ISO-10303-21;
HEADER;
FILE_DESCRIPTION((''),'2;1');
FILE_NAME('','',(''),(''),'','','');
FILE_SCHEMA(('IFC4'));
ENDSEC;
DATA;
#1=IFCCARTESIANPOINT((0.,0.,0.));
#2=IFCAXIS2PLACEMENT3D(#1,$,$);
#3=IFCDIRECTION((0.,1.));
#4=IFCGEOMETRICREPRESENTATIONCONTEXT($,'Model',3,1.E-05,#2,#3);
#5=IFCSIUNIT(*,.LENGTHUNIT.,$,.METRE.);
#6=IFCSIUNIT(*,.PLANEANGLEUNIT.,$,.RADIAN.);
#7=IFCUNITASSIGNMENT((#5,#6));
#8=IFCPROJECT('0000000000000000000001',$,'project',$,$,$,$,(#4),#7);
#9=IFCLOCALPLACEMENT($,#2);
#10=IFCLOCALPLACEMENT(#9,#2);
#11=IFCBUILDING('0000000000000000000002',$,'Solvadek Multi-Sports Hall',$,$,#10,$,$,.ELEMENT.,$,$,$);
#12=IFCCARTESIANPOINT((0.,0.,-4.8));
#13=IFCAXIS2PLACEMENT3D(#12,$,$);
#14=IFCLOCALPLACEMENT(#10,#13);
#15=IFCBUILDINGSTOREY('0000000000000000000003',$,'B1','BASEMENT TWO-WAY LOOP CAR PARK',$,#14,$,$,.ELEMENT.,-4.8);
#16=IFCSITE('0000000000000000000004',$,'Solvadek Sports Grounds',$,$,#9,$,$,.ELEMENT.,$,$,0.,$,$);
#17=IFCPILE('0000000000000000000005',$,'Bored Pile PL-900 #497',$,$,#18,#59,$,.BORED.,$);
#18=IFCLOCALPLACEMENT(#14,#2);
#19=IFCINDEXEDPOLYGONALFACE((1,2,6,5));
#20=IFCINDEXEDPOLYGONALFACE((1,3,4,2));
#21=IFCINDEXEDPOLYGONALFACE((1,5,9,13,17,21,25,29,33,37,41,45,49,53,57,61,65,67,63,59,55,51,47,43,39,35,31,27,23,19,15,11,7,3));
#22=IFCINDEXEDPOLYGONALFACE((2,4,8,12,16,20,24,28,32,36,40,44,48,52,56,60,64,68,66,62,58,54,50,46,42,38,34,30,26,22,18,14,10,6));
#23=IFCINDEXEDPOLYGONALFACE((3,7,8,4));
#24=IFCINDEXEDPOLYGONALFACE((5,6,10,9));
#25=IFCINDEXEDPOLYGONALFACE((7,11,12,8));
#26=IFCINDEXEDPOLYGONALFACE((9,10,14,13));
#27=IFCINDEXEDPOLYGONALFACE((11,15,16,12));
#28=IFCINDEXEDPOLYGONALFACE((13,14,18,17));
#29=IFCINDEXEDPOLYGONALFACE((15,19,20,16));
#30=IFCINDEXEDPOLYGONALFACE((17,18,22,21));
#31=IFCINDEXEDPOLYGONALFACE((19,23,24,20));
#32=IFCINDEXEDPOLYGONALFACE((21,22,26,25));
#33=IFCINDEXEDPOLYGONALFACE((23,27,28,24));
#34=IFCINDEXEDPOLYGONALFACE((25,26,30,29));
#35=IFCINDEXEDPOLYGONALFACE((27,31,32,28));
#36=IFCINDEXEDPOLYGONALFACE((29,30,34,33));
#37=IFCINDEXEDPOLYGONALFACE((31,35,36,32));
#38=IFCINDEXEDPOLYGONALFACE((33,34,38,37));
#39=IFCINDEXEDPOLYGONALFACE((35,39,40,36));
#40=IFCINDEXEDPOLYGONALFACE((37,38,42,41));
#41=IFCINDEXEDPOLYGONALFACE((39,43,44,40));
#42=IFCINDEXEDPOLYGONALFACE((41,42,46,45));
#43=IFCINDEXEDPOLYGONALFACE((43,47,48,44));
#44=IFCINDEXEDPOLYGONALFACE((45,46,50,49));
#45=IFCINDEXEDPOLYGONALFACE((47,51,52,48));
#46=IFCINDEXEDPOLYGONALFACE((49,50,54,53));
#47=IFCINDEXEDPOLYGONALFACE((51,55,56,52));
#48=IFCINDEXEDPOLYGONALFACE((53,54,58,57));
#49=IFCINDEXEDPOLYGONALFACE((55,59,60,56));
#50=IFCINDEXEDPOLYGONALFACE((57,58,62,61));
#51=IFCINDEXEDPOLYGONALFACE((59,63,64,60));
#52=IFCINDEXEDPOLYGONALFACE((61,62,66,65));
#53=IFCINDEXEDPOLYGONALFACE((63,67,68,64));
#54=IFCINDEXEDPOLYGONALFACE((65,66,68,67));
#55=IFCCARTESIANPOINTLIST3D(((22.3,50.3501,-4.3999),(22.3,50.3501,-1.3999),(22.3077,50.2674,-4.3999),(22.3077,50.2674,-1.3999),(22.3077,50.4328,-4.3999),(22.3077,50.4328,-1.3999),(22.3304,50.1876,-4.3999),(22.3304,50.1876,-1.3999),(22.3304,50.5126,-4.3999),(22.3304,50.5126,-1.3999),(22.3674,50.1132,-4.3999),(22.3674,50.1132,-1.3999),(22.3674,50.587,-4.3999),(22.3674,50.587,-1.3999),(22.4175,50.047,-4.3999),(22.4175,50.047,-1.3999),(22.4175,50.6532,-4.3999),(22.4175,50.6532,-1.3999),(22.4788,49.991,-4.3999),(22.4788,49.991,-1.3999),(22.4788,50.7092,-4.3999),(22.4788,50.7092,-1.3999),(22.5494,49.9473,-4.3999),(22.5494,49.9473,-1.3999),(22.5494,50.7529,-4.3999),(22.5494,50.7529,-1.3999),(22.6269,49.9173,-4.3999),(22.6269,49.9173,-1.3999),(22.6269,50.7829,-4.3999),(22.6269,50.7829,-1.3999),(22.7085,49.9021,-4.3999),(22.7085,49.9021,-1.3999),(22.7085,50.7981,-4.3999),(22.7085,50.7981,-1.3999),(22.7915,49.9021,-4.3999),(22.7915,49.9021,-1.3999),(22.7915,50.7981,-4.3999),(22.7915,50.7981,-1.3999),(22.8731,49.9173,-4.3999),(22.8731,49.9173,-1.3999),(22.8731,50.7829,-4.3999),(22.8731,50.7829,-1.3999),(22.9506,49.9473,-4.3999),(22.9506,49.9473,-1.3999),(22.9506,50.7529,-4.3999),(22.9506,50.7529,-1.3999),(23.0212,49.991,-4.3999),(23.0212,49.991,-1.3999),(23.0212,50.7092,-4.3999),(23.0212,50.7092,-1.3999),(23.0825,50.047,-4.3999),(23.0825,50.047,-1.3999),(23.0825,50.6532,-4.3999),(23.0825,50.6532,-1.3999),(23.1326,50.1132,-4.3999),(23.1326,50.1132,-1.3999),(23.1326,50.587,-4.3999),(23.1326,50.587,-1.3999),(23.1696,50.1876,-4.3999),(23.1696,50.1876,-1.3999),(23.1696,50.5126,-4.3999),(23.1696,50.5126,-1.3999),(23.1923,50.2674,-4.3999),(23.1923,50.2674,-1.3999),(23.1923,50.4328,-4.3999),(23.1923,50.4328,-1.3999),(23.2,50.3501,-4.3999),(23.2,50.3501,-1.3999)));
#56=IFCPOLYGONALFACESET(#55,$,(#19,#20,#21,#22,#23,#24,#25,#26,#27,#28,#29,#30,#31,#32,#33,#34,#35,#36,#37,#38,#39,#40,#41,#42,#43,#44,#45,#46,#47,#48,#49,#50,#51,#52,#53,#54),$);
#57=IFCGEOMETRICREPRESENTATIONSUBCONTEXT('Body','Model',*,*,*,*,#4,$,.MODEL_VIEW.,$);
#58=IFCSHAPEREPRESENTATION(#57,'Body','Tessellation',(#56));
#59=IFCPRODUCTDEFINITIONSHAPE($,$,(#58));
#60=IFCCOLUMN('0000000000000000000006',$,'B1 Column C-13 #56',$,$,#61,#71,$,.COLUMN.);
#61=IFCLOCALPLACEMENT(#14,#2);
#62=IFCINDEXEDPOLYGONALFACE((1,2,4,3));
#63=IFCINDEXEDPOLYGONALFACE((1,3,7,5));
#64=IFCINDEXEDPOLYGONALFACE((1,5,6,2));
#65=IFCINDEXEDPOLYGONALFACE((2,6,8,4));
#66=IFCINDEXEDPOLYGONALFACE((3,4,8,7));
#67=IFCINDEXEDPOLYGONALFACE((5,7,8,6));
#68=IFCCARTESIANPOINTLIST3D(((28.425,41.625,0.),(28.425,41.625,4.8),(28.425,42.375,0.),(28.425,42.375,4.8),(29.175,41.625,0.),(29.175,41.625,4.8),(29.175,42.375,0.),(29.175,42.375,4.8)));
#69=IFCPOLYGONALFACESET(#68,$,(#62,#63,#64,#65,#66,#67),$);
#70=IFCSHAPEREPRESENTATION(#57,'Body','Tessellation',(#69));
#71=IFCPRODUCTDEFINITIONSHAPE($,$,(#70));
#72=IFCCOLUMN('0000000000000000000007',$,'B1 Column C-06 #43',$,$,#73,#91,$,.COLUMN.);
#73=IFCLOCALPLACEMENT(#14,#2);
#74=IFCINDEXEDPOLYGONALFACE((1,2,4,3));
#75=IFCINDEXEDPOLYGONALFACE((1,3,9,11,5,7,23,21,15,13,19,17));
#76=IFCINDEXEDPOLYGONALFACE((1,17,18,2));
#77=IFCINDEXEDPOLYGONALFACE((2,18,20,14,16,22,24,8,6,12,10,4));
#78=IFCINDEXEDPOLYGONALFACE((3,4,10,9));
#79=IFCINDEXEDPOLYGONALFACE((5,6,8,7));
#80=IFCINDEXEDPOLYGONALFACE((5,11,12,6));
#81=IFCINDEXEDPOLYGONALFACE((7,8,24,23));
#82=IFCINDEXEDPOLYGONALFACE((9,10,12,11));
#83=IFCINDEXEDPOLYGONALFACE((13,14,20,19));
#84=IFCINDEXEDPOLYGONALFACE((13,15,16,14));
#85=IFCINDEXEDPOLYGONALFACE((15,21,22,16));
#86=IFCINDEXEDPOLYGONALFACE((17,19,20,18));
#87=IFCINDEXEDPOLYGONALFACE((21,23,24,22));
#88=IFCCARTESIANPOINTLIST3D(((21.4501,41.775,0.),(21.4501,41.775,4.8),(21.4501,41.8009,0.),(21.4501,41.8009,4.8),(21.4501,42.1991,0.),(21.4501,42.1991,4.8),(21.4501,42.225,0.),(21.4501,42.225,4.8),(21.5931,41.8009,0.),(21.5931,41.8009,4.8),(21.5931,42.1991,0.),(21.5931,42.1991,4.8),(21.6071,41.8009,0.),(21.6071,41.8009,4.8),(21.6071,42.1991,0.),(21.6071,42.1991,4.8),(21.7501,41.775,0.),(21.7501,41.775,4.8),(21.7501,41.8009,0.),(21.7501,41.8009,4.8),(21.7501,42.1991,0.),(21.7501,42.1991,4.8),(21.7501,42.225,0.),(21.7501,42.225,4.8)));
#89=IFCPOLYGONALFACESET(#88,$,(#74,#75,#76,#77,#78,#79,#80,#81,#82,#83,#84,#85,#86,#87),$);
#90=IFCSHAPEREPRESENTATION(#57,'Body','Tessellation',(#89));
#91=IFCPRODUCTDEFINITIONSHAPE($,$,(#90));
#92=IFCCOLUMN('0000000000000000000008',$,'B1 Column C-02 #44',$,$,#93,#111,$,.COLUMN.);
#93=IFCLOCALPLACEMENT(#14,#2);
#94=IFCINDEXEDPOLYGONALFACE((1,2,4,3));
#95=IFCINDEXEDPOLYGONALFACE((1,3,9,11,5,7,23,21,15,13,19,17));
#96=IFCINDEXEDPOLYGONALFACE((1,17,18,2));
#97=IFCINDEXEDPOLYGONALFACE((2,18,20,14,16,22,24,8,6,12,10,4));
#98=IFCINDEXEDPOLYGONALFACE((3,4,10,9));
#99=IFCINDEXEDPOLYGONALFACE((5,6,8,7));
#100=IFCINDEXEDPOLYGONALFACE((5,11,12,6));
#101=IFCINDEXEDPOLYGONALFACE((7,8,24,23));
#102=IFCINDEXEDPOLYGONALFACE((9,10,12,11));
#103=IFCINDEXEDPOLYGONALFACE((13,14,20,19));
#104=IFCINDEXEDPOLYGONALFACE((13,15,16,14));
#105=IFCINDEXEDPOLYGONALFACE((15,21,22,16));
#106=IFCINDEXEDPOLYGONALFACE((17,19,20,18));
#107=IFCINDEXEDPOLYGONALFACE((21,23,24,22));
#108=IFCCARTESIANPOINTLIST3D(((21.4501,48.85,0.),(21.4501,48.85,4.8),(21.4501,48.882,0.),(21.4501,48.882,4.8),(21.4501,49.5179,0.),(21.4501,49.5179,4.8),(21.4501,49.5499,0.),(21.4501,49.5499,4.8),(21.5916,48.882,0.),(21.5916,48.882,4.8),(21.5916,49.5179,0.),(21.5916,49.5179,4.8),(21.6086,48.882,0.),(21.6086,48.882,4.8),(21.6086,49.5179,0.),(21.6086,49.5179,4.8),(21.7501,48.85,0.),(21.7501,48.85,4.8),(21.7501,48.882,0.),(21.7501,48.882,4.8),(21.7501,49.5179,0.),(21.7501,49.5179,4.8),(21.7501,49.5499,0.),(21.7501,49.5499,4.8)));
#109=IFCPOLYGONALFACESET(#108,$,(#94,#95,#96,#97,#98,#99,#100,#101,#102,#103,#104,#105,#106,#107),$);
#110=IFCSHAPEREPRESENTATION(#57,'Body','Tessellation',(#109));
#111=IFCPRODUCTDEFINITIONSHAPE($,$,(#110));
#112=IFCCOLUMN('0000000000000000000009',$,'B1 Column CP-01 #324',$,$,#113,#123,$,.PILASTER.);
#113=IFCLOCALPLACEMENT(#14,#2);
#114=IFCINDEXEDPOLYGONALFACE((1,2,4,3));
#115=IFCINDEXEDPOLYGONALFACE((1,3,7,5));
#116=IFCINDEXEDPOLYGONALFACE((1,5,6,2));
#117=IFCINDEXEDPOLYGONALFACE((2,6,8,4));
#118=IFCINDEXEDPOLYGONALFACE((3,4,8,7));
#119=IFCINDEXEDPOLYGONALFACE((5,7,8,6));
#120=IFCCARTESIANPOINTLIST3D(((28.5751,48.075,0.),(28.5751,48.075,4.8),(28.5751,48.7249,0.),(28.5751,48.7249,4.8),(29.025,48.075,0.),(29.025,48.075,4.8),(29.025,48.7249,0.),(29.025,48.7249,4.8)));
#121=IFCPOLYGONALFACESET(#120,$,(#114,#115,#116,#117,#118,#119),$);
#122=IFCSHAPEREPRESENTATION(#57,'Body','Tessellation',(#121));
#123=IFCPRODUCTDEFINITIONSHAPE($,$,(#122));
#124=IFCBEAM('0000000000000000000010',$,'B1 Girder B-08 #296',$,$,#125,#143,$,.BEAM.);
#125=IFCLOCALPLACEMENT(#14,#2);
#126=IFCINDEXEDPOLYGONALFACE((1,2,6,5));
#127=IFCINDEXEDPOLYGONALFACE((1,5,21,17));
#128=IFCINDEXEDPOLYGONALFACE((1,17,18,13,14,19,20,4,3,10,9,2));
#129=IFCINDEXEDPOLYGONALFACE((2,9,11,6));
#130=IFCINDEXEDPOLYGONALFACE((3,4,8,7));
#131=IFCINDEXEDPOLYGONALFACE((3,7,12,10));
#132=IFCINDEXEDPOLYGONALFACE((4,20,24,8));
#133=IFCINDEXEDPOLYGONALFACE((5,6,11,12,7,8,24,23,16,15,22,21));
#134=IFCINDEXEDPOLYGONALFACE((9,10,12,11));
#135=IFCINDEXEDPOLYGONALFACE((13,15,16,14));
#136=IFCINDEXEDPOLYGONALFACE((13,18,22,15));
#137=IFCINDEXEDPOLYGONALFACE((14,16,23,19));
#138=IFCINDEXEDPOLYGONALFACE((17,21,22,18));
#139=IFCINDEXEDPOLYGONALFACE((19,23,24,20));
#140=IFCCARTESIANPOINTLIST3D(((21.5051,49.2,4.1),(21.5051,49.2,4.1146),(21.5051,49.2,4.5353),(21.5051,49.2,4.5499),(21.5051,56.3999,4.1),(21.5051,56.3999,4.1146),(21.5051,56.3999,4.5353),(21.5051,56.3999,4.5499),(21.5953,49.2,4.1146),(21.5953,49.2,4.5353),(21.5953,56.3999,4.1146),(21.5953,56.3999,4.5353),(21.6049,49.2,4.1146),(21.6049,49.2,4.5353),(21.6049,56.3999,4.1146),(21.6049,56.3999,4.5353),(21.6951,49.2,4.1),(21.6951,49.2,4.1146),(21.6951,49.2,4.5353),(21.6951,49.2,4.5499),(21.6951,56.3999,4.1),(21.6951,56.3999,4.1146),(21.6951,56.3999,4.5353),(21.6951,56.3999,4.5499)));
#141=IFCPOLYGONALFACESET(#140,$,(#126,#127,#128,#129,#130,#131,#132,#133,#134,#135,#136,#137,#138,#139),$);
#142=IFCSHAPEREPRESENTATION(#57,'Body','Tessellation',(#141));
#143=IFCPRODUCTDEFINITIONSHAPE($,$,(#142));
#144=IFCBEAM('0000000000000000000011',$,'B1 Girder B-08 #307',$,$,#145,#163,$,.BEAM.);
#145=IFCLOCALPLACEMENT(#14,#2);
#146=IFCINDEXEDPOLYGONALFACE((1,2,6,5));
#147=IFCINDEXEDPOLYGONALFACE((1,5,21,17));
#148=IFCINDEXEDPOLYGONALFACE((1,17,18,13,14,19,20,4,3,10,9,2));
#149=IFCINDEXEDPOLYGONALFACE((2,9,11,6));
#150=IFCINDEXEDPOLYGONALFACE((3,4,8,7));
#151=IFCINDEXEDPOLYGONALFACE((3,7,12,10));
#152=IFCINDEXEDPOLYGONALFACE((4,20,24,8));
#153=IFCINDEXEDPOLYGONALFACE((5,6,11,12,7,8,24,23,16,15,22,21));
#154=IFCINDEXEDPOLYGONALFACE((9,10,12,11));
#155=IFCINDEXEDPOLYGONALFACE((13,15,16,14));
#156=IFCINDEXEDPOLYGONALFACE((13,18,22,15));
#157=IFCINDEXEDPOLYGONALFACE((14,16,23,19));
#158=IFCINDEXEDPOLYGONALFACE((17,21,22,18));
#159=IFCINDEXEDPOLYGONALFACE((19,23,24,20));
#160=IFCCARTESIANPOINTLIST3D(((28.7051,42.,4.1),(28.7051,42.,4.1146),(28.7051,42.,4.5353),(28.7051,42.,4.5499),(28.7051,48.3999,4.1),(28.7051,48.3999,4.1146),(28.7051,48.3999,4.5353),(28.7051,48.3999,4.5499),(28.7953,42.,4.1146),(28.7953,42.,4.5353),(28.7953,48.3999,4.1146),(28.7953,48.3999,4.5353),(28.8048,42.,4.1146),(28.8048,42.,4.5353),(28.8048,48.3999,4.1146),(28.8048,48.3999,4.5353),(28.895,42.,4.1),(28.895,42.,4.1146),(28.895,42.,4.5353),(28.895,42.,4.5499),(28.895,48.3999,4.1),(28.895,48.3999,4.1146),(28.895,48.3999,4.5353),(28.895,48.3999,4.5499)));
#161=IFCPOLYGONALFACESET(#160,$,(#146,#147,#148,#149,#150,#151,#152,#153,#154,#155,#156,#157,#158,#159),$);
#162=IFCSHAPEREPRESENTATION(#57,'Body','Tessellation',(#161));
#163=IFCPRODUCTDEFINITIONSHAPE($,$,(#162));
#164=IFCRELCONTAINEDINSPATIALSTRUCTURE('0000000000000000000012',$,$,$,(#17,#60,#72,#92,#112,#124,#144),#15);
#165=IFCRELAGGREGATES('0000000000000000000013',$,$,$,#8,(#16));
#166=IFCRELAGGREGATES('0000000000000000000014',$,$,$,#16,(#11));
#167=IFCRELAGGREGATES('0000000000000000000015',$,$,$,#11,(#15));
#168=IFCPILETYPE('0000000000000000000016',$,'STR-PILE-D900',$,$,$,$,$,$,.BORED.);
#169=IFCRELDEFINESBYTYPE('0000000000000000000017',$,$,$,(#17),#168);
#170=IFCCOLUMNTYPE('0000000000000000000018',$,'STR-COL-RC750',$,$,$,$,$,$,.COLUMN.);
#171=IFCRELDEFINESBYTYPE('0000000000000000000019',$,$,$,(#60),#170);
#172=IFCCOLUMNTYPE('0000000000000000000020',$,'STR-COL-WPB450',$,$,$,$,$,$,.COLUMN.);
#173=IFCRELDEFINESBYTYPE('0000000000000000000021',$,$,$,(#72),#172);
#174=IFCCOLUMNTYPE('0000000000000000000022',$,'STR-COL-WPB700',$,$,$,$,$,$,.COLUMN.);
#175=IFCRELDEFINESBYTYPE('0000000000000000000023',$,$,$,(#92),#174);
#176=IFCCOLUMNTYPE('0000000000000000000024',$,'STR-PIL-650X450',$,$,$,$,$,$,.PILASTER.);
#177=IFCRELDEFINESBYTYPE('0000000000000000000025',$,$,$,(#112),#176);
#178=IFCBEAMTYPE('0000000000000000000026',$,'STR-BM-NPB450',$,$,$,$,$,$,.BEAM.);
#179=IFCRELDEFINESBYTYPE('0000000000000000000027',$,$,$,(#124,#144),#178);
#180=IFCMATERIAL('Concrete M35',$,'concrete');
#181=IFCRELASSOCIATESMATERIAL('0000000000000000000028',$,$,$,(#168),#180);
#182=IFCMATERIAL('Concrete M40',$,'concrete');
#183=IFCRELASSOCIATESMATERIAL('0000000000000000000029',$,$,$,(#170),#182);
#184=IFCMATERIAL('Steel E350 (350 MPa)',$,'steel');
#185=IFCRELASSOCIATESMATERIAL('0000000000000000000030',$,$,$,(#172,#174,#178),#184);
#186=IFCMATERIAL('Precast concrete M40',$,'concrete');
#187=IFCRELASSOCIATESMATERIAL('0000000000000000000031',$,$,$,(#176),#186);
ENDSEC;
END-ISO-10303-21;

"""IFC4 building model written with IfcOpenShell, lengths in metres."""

from ifc_helpers import new_model, si_unit, direction, frame, origin, origin_2d, place, context, subcontext, project, spatial, rectangle, circle, i_section, extrude, material, material_profile, profile_set, type_object, element, save


model = new_model("IFC4")

# Units and contexts
model_context = context("Model", 3, precision=1e-05, world=origin(), true_north=direction((0.0, 1.0)))
body_context = subcontext(model_context, "Body", "Model", "MODEL_VIEW")
ifc_project = project(units=[si_unit("LENGTHUNIT", "METRE"), si_unit("PLANEANGLEUNIT", "RADIAN")], contexts=[model_context])

# Site, building, storey
site_placement = place(None, origin())
site = spatial("IfcSite", under=ifc_project, at=site_placement, Name="Solvadek Sports Grounds", CompositionType="ELEMENT", RefElevation=0.0)
building_placement = place(site_placement, origin())
building = spatial("IfcBuilding", under=site, at=building_placement, Name="Solvadek Multi-Sports Hall", CompositionType="ELEMENT")
storey_placement = place(building_placement, frame((0.0, 0.0, -4.8)))
storey = spatial("IfcBuildingStorey", under=building, at=storey_placement, Name="B1", Description="BASEMENT TWO-WAY LOOP CAR PARK", CompositionType="ELEMENT", Elevation=-4.8)

# Shared definitions
ifc_material_1 = material(Name="Concrete M40", Category="concrete")

# Pile
ifc_material_2 = material(Name="Concrete M35", Category="concrete")
ifc_material_profile_1 = material_profile(ifc_material_2, circle(Radius=0.45, at=origin_2d()), Name="BORED PILE D900")
ifc_profile_set_1 = profile_set([ifc_material_profile_1], Name="Concrete M35")
pile_type_1 = type_object("IfcPileType", Name="STR-PILE-D900", PredefinedType="BORED", material=ifc_profile_set_1)
for number, where, z_axis, x_axis, name in (
    (1, (22.75, 50.3501, -1.3999), (0.0, 0.0, -1.0), (1.0, 0.0, 0.0), "Bored Pile PL-900 #497"),
):
    element("IfcPile", number, at=place(storey_placement, frame(where, z_axis=z_axis, x_axis=x_axis)), inside=storey, type_object=pile_type_1, Name=name, PredefinedType="BORED", context=body_context, shape_type="SweptSolid", body=[
        extrude(circle(Radius=0.45, at=origin_2d()), origin(), (0.0, 0.0, 1.0), 3.0),
    ])

# Columns
ifc_material_profile_2 = material_profile(ifc_material_1, rectangle(XDim=0.75, YDim=0.75, at=origin_2d()), Name="RC 750x750")
ifc_profile_set_2 = profile_set([ifc_material_profile_2], Name="Concrete M40")
column_type_1 = type_object("IfcColumnType", Name="STR-COL-RC750", PredefinedType="COLUMN", material=ifc_profile_set_2)
column_1_placement = place(storey_placement, frame((28.8, 42.0, 0.0), z_axis=(0.0, 0.0, 1.0), x_axis=(1.0, 0.0, 0.0)))
element("IfcColumn", 2, at=column_1_placement, inside=storey, type_object=column_type_1, Name="B1 Column C-13 #56", PredefinedType="COLUMN", context=body_context, shape_type="SweptSolid", body=[
    extrude(rectangle(XDim=0.75, YDim=0.75, at=origin_2d()), origin(), (0.0, 0.0, 1.0), 4.8),
])
ifc_material_3 = material(Name="Steel E350 (350 MPa)", Category="steel")
ifc_material_profile_3 = material_profile(ifc_material_3, i_section(OverallWidth=0.3, OverallDepth=0.45, WebThickness=0.0139, FlangeThickness=0.0259, at=origin_2d()), Name="WPB 450")
ifc_profile_set_3 = profile_set([ifc_material_profile_3], Name="Steel E350 (350 MPa)")
column_type_2 = type_object("IfcColumnType", Name="STR-COL-WPB450", PredefinedType="COLUMN", material=ifc_profile_set_3)
column_2_placement = place(storey_placement, frame((21.6001, 42.0, 0.0), z_axis=(0.0, 0.0, 1.0), x_axis=(1.0, 0.0, 0.0)))
element("IfcColumn", 3, at=column_2_placement, inside=storey, type_object=column_type_2, Name="B1 Column C-06 #43", PredefinedType="COLUMN", context=body_context, shape_type="SweptSolid", body=[
    extrude(i_section(OverallWidth=0.3, OverallDepth=0.45, WebThickness=0.0139, FlangeThickness=0.0259, at=origin_2d()), origin(), (0.0, 0.0, 1.0), 4.8),
])
ifc_material_profile_4 = material_profile(ifc_material_3, i_section(OverallWidth=0.3, OverallDepth=0.7, WebThickness=0.0171, FlangeThickness=0.032, at=origin_2d()), Name="WPB 700")
ifc_profile_set_4 = profile_set([ifc_material_profile_4], Name="Steel E350 (350 MPa)")
column_type_3 = type_object("IfcColumnType", Name="STR-COL-WPB700", PredefinedType="COLUMN", material=ifc_profile_set_4)
column_3_placement = place(storey_placement, frame((21.6001, 49.2, 0.0), z_axis=(0.0, 0.0, 1.0), x_axis=(1.0, 0.0, 0.0)))
element("IfcColumn", 4, at=column_3_placement, inside=storey, type_object=column_type_3, Name="B1 Column C-02 #44", PredefinedType="COLUMN", context=body_context, shape_type="SweptSolid", body=[
    extrude(i_section(OverallWidth=0.3, OverallDepth=0.7, WebThickness=0.0171, FlangeThickness=0.032, at=origin_2d()), origin(), (0.0, 0.0, 1.0), 4.8),
])
ifc_material_4 = material(Name="Precast concrete M40", Category="concrete")
ifc_material_profile_5 = material_profile(ifc_material_4, rectangle(XDim=0.45, YDim=0.6499, at=origin_2d()), Name="RC PILASTER 650x450")
ifc_profile_set_5 = profile_set([ifc_material_profile_5], Name="Precast concrete M40")
column_type_4 = type_object("IfcColumnType", Name="STR-PIL-650X450", PredefinedType="PILASTER", material=ifc_profile_set_5)
column_4_placement = place(storey_placement, frame((28.8, 48.3999, 0.0), z_axis=(0.0, 0.0, 1.0), x_axis=(1.0, 0.0, 0.0)))
element("IfcColumn", 5, at=column_4_placement, inside=storey, type_object=column_type_4, Name="B1 Column CP-01 #324", PredefinedType="PILASTER", context=body_context, shape_type="SweptSolid", body=[
    extrude(rectangle(XDim=0.45, YDim=0.6499, at=origin_2d()), origin(), (0.0, 0.0, 1.0), 4.8),
])

# Beams
ifc_material_profile_6 = material_profile(ifc_material_3, i_section(OverallWidth=0.1899, OverallDepth=0.45, WebThickness=0.0095, FlangeThickness=0.0146, at=origin_2d()), Name="NPB 450")
ifc_profile_set_6 = profile_set([ifc_material_profile_6], Name="Steel E350 (350 MPa)")
beam_type_1 = type_object("IfcBeamType", Name="STR-BM-NPB450", PredefinedType="BEAM", material=ifc_profile_set_6)
beam_1_placement = place(storey_placement, frame((21.6001, 49.2, 4.325), z_axis=(0.0, 1.0, 0.0), x_axis=(-1.0, 0.0, 0.0)))
element("IfcBeam", 6, at=beam_1_placement, inside=storey, type_object=beam_type_1, Name="B1 Girder B-08 #296", PredefinedType="BEAM", context=body_context, shape_type="SweptSolid", body=[
    extrude(i_section(OverallWidth=0.1899, OverallDepth=0.45, WebThickness=0.0095, FlangeThickness=0.0146, at=origin_2d()), origin(), (0.0, 0.0, 1.0), 7.2),
])
beam_2_placement = place(storey_placement, frame((28.8, 42.0, 4.325), z_axis=(0.0, 1.0, 0.0), x_axis=(-1.0, 0.0, 0.0)))
element("IfcBeam", 7, at=beam_2_placement, inside=storey, type_object=beam_type_1, Name="B1 Girder B-08 #307", PredefinedType="BEAM", context=body_context, shape_type="SweptSolid", body=[
    extrude(i_section(OverallWidth=0.1899, OverallDepth=0.45, WebThickness=0.0095, FlangeThickness=0.0146, at=origin_2d()), origin(), (0.0, 0.0, 1.0), 6.3999),
])

save(model, "model.ifc")
